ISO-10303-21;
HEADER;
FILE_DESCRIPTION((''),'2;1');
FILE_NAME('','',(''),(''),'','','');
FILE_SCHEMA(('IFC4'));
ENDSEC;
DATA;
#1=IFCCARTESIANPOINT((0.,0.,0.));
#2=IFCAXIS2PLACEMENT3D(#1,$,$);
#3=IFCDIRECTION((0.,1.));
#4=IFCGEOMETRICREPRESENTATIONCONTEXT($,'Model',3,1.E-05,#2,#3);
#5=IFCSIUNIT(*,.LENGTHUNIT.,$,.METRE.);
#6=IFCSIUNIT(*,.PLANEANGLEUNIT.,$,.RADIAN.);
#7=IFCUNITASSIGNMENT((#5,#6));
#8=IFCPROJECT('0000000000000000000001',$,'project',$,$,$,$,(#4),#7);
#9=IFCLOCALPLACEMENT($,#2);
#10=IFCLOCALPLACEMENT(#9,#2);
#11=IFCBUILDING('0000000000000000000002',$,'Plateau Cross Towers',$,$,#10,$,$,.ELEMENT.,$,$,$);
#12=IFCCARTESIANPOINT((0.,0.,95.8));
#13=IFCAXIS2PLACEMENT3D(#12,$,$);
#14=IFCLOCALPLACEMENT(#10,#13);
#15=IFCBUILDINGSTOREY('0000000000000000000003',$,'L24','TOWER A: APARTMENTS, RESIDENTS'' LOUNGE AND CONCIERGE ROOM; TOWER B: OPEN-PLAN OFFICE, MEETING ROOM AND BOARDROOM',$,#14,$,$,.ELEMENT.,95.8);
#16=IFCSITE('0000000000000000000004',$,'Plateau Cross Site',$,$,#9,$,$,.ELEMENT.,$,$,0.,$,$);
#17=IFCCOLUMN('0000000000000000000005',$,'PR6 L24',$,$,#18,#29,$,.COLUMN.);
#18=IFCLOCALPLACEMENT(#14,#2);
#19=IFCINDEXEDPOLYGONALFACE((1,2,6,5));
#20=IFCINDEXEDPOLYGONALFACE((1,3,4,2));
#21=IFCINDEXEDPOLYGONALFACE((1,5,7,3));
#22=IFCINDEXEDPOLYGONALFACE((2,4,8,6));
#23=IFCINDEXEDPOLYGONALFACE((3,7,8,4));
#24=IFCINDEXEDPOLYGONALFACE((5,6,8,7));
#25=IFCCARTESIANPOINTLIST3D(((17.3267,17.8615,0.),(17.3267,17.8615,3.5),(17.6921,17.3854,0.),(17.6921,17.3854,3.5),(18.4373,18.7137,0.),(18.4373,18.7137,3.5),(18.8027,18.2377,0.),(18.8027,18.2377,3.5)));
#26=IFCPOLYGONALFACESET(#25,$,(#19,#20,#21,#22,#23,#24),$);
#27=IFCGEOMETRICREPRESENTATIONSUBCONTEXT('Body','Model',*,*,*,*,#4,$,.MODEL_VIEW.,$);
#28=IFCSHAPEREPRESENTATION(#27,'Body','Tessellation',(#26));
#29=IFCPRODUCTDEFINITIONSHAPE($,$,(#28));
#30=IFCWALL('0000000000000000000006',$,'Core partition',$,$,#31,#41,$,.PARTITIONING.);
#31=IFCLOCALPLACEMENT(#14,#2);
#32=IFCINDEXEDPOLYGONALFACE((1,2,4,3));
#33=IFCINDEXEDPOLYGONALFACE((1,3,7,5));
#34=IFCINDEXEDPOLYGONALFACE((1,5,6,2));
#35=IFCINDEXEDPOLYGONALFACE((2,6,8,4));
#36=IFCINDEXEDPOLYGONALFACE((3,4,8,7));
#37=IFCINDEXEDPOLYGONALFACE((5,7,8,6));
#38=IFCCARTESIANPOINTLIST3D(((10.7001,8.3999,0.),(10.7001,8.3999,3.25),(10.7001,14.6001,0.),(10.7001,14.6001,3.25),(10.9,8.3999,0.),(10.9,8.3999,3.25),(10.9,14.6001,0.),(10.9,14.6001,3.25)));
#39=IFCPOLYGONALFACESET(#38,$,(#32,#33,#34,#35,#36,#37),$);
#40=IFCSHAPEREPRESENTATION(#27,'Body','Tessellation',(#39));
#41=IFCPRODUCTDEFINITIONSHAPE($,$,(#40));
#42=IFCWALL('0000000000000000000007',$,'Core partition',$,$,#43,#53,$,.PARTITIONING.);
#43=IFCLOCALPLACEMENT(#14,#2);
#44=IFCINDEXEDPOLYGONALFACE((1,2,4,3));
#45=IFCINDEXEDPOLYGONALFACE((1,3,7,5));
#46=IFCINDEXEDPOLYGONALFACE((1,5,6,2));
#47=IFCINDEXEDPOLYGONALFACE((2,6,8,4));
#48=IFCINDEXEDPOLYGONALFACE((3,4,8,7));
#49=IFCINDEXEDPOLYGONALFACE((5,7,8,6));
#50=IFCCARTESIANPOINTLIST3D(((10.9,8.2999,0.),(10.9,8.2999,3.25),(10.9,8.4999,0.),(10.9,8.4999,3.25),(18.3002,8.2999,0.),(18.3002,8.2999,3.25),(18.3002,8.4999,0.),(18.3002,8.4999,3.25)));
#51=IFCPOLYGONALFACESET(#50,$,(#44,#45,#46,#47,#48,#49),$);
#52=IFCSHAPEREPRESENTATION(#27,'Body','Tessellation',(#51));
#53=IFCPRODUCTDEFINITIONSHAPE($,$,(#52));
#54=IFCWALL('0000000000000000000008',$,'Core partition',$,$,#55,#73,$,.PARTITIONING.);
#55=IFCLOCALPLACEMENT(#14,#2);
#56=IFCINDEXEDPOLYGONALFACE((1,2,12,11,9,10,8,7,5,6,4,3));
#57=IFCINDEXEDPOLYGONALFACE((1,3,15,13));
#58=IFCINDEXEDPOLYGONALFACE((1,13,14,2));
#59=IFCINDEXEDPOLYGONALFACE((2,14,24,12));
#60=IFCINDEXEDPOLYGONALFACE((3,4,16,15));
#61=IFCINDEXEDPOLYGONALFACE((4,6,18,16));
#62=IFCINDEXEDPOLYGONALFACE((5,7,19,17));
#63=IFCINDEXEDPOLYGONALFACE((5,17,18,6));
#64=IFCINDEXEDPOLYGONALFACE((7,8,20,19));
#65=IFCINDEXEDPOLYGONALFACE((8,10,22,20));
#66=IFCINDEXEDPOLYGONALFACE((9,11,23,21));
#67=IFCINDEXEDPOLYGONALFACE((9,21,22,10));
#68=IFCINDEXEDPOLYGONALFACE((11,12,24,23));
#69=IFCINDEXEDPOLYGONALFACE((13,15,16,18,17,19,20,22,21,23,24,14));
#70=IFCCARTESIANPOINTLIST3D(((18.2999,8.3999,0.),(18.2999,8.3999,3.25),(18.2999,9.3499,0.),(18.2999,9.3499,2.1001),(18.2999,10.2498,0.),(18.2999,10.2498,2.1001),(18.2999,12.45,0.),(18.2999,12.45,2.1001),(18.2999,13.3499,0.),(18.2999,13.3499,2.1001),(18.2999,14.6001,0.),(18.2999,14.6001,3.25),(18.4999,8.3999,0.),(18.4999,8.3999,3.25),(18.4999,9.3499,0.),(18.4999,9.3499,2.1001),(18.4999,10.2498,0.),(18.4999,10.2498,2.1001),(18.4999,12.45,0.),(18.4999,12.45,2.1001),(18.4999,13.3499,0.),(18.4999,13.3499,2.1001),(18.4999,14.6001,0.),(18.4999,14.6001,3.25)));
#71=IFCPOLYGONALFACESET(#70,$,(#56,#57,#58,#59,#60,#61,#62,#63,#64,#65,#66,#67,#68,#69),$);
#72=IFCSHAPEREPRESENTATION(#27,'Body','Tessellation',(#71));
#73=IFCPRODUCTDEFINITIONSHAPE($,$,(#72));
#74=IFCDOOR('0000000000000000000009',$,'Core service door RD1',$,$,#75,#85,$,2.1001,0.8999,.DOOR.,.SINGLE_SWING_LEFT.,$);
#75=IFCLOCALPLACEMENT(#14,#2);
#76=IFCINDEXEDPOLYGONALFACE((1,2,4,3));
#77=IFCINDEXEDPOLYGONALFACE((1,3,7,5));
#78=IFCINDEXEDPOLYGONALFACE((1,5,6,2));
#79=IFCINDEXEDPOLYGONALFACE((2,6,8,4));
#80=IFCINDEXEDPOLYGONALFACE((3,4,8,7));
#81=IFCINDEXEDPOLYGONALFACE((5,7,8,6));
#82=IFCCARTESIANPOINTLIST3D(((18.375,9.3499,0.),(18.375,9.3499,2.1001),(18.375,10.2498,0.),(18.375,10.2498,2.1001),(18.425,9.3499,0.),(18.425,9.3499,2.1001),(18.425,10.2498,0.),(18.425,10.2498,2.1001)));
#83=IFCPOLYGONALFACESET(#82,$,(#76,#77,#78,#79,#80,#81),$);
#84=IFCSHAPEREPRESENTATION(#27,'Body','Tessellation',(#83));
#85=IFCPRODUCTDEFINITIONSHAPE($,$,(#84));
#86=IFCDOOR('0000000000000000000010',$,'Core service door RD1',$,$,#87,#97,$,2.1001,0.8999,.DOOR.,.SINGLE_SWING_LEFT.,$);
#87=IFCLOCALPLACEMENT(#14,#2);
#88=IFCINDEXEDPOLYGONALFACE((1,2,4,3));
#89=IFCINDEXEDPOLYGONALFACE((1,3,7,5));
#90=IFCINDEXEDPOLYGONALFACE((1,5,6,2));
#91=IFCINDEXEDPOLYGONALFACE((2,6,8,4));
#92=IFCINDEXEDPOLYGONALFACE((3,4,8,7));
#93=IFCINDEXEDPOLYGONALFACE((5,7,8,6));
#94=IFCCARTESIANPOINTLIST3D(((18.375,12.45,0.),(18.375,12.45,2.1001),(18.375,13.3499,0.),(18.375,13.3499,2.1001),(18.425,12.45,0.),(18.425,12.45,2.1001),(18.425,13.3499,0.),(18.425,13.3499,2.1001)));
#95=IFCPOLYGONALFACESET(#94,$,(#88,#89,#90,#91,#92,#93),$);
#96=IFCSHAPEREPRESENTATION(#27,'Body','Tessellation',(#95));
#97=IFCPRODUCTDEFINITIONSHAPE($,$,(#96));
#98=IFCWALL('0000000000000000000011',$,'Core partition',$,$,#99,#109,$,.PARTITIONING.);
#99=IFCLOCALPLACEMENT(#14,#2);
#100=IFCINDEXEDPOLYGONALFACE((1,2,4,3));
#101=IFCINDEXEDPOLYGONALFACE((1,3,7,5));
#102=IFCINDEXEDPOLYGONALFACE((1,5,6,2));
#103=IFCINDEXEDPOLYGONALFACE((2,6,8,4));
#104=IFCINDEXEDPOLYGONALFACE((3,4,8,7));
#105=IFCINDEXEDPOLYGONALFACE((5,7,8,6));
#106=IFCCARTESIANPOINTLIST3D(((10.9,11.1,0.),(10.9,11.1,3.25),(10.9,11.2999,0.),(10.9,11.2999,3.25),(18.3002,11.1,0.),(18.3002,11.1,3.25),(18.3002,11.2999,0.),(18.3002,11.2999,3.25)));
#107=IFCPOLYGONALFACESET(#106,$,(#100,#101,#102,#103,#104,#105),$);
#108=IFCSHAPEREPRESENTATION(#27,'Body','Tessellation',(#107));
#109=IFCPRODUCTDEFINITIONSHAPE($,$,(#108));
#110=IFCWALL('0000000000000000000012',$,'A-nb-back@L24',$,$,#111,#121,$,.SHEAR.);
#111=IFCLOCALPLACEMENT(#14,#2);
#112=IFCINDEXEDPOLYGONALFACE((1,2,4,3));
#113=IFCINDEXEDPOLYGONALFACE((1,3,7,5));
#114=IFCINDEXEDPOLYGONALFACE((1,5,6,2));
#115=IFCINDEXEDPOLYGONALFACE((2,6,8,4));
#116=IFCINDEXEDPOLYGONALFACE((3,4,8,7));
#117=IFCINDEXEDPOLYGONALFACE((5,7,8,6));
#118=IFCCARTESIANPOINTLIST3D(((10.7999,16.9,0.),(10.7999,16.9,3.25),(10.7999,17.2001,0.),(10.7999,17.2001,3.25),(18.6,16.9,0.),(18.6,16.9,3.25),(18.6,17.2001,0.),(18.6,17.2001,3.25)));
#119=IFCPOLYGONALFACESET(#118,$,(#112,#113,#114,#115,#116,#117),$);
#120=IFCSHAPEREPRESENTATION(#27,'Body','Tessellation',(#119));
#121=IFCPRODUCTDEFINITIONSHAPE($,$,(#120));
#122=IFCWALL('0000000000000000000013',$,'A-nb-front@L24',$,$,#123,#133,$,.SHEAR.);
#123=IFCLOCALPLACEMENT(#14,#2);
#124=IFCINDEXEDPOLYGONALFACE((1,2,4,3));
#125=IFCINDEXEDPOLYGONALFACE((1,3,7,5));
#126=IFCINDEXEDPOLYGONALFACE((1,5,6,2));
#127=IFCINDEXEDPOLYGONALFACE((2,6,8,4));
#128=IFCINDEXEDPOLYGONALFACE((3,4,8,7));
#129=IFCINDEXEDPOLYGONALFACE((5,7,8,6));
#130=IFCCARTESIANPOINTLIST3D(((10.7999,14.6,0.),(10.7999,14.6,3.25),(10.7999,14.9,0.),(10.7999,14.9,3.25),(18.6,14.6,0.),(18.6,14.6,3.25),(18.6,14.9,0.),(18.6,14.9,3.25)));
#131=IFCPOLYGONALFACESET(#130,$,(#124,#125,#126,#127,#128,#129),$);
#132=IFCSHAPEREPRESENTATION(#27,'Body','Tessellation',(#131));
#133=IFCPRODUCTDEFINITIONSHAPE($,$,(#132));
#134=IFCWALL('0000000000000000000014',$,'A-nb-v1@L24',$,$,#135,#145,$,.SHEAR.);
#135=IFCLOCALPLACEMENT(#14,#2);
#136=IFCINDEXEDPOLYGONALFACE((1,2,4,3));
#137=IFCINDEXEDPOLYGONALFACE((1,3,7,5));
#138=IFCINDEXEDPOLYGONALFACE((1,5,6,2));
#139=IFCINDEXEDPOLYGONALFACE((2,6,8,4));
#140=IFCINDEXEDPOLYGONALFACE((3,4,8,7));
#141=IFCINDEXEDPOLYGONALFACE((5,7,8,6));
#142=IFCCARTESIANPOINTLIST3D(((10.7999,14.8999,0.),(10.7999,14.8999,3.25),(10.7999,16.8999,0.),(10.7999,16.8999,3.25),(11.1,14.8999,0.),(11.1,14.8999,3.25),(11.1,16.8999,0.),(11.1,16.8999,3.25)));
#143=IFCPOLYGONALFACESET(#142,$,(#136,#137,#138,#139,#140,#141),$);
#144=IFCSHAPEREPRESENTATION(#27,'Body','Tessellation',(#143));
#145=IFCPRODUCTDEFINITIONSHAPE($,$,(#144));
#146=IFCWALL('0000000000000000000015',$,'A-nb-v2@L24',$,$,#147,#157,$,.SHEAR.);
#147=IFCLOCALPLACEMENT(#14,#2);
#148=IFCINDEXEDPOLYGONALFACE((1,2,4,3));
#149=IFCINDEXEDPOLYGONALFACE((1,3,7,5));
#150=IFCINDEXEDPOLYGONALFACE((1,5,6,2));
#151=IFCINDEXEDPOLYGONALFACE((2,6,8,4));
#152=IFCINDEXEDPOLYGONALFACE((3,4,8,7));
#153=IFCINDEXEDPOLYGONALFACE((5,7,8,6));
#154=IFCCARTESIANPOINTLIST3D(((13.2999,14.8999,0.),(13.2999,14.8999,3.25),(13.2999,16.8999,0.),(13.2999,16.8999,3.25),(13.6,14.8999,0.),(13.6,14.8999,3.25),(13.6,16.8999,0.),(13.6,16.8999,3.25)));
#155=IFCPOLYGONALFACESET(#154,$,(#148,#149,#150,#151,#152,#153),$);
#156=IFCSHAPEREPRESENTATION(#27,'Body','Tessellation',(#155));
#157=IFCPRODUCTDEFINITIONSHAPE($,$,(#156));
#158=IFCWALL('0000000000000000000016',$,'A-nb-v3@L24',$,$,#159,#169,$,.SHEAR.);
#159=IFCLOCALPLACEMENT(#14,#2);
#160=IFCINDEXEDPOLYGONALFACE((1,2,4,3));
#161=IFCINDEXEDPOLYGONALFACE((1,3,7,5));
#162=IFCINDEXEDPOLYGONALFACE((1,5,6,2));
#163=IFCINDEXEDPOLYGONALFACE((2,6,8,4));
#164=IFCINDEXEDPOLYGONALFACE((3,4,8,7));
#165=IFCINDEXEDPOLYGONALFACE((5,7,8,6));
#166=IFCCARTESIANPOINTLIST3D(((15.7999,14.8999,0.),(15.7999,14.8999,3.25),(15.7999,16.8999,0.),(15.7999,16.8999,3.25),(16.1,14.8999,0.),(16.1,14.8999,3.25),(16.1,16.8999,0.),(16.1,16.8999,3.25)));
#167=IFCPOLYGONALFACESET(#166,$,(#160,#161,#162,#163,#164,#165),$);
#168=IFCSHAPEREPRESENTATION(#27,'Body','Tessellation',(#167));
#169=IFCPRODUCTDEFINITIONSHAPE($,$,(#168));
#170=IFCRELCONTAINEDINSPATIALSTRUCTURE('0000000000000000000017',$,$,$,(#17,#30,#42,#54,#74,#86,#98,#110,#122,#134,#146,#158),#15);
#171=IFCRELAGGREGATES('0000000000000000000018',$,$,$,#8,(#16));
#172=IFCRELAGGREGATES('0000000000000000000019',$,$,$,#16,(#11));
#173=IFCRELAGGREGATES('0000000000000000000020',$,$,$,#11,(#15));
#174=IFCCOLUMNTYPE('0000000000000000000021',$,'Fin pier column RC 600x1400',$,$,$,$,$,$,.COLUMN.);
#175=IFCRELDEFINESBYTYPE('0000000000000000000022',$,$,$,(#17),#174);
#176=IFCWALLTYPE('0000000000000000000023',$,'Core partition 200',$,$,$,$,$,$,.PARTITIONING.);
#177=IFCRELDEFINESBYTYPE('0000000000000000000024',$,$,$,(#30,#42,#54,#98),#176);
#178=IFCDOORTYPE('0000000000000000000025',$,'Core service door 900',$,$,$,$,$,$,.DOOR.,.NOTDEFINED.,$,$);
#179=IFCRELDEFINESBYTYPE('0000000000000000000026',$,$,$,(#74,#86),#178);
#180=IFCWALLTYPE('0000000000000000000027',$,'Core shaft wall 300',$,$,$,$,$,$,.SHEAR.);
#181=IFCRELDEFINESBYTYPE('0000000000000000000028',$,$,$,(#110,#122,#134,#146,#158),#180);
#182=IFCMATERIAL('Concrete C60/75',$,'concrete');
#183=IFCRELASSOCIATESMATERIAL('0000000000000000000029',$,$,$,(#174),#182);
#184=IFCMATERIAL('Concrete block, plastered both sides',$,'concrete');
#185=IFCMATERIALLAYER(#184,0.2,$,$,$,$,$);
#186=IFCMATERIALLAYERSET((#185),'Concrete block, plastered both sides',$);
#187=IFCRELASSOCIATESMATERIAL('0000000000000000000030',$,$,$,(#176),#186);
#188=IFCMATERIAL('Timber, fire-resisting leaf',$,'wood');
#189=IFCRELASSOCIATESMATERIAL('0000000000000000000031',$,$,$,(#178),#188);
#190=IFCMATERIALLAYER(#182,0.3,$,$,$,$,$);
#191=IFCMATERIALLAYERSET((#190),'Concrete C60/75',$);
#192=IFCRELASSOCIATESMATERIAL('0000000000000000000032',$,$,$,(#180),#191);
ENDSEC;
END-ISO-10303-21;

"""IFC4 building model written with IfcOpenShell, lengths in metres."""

from ifc_helpers import new_model, si_unit, direction, frame, frame_2d, origin, origin_2d, place, context, subcontext, project, spatial, rectangle, extrude, material, layer, layer_set, material_profile, profile_set, type_object, element, fill, save


model = new_model("IFC4")

# Units and contexts
model_context = context("Model", 3, precision=1e-05, world=origin(), true_north=direction((0.0, 1.0)))
body_context = subcontext(model_context, "Body", "Model", "MODEL_VIEW")
ifc_project = project(units=[si_unit("LENGTHUNIT", "METRE"), si_unit("PLANEANGLEUNIT", "RADIAN")], contexts=[model_context])

# Site, building, storey
site_placement = place(None, origin())
site = spatial("IfcSite", under=ifc_project, at=site_placement, Name="Plateau Cross Site", CompositionType="ELEMENT", RefElevation=0.0)
building_placement = place(site_placement, origin())
building = spatial("IfcBuilding", under=site, at=building_placement, Name="Plateau Cross Towers", CompositionType="ELEMENT")
storey_placement = place(building_placement, frame((0.0, 0.0, 95.8)))
storey = spatial("IfcBuildingStorey", under=building, at=storey_placement, Name="L24", Description="TOWER A: APARTMENTS, RESIDENTS' LOUNGE AND CONCIERGE ROOM; TOWER B: OPEN-PLAN OFFICE, MEETING ROOM AND BOARDROOM", CompositionType="ELEMENT", Elevation=95.8)

# Column
ifc_material_1 = material(Name="Concrete C60/75", Category="concrete")
ifc_material_profile = material_profile(ifc_material_1, rectangle(XDim=0.6001, YDim=1.3999, at=origin_2d()), Name="RC 600x1400")
ifc_profile_set = profile_set([ifc_material_profile], Name="Concrete C60/75")
column_type = type_object("IfcColumnType", Name="Fin pier column RC 600x1400", PredefinedType="COLUMN", material=ifc_profile_set)
column_placement = place(storey_placement, frame((18.0647, 18.0496, 0.0), z_axis=(0.0, 0.0, 1.0), x_axis=(-0.608811, 0.793315, 0.0)))
element("IfcColumn", 1, at=column_placement, inside=storey, type_object=column_type, Name="PR6 L24", PredefinedType="COLUMN", context=body_context, shape_type="SweptSolid", body=[
    extrude(rectangle(XDim=0.6001, YDim=1.3999, at=origin_2d()), origin(), (0.0, 0.0, 1.0), 3.5),
])

# Walls
ifc_material_2 = material(Name="Concrete block, plastered both sides", Category="concrete")
ifc_layer_1 = layer(ifc_material_2, 0.2)
ifc_layer_set_1 = layer_set([ifc_layer_1], Name="Concrete block, plastered both sides")
wall_type_1 = type_object("IfcWallType", Name="Core partition 200", PredefinedType="PARTITIONING", material=ifc_layer_set_1)
wall_1_placement = place(storey_placement, frame((10.8, 8.3999, 0.0), z_axis=(0.0, 0.0, 1.0), x_axis=(0.0, 1.0, 0.0)))
element("IfcWall", 2, at=wall_1_placement, inside=storey, type_object=wall_type_1, Name="Core partition", PredefinedType="PARTITIONING", context=body_context, shape_type="SweptSolid", body=[
    extrude(rectangle(XDim=6.2002, YDim=0.2, at=frame_2d((3.1001, 0.0))), origin(), (0.0, 0.0, 1.0), 3.25),
])
wall_2_placement = place(storey_placement, frame((10.8999, 8.3999, 0.0), z_axis=(0.0, 0.0, 1.0), x_axis=(1.0, 0.0, 0.0)))
element("IfcWall", 3, at=wall_2_placement, inside=storey, type_object=wall_type_1, Name="Core partition", PredefinedType="PARTITIONING", context=body_context, shape_type="SweptSolid", body=[
    extrude(rectangle(XDim=7.4001, YDim=0.2, at=frame_2d((3.7002, 0.0))), origin(), (0.0, 0.0, 1.0), 3.25),
])

# Wall, openings, doors
wall_3_placement = place(storey_placement, frame((18.3999, 8.3999, 0.0), z_axis=(0.0, 0.0, 1.0), x_axis=(0.0, 1.0, 0.0)))
wall_3 = element("IfcWall", 4, at=wall_3_placement, inside=storey, type_object=wall_type_1, Name="Core partition", PredefinedType="PARTITIONING", context=body_context, shape_type="SweptSolid", body=[
    extrude(rectangle(XDim=6.2002, YDim=0.2, at=frame_2d((3.1001, 0.0))), origin(), (0.0, 0.0, 1.0), 3.25),
])
opening_1_placement = place(wall_3_placement, frame((0.95, 0.0, 0.0)))
opening_1 = element("IfcOpeningElement", 5, at=opening_1_placement, cuts=wall_3, PredefinedType="OPENING", context=body_context, shape_type="SweptSolid", body=[
    extrude(rectangle(XDim=0.8999, YDim=2.1001, at=frame_2d((0.45, 1.05))), frame((0.0, 0.1099, 0.0), z_axis=(0.0, -1.0, 0.0), x_axis=(1.0, 0.0, 0.0)), (0.0, 0.0, 1.0), 0.22),
])
opening_2_placement = place(wall_3_placement, frame((4.05, 0.0, 0.0)))
opening_2 = element("IfcOpeningElement", 6, at=opening_2_placement, cuts=wall_3, PredefinedType="OPENING", context=body_context, shape_type="SweptSolid", body=[
    extrude(rectangle(XDim=0.8999, YDim=2.1001, at=frame_2d((0.45, 1.05))), frame((0.0, 0.1099, 0.0), z_axis=(0.0, -1.0, 0.0), x_axis=(1.0, 0.0, 0.0)), (0.0, 0.0, 1.0), 0.22),
])
ifc_material_3 = material(Name="Timber, fire-resisting leaf", Category="wood")
door_type_1 = type_object("IfcDoorType", Name="Core service door 900", OperationType="NOTDEFINED", PredefinedType="DOOR", material=ifc_material_3)
door_1_placement = place(opening_1_placement, origin())
door_1 = element("IfcDoor", 7, at=door_1_placement, inside=storey, type_object=door_type_1, Name="Core service door RD1", OperationType="SINGLE_SWING_LEFT", OverallHeight=2.1001, OverallWidth=0.8999, PredefinedType="DOOR", context=body_context, shape_type="SweptSolid", body=[
    extrude(rectangle(XDim=0.8999, YDim=2.1001, at=frame_2d((0.45, 1.05))), frame((0.0, 0.0249, 0.0), z_axis=(0.0, -1.0, 0.0), x_axis=(1.0, 0.0, 0.0)), (0.0, 0.0, 1.0), 0.05),
])
fill(opening_1, door_1)
door_2_placement = place(opening_2_placement, origin())
door_2 = element("IfcDoor", 8, at=door_2_placement, inside=storey, type_object=door_type_1, Name="Core service door RD1", OperationType="SINGLE_SWING_LEFT", OverallHeight=2.1001, OverallWidth=0.8999, PredefinedType="DOOR", context=body_context, shape_type="SweptSolid", body=[
    extrude(rectangle(XDim=0.8999, YDim=2.1001, at=frame_2d((0.45, 1.05))), frame((0.0, 0.0249, 0.0), z_axis=(0.0, -1.0, 0.0), x_axis=(1.0, 0.0, 0.0)), (0.0, 0.0, 1.0), 0.05),
])
fill(opening_2, door_2)

# Walls
wall_4_placement = place(storey_placement, frame((10.8999, 11.2, 0.0), z_axis=(0.0, 0.0, 1.0), x_axis=(1.0, 0.0, 0.0)))
element("IfcWall", 9, at=wall_4_placement, inside=storey, type_object=wall_type_1, Name="Core partition", PredefinedType="PARTITIONING", context=body_context, shape_type="SweptSolid", body=[
    extrude(rectangle(XDim=7.4001, YDim=0.2, at=frame_2d((3.7002, 0.0))), origin(), (0.0, 0.0, 1.0), 3.25),
])
ifc_layer_2 = layer(ifc_material_1, 0.3)
ifc_layer_set_2 = layer_set([ifc_layer_2], Name="Concrete C60/75")
wall_type_2 = type_object("IfcWallType", Name="Core shaft wall 300", PredefinedType="SHEAR", material=ifc_layer_set_2)
for number, where, z_axis, x_axis, name in (
    (10, (10.8, 17.05, 0.0), (0.0, 0.0, 1.0), (1.0, 0.0, 0.0), "A-nb-back@L24"),
    (11, (10.8, 14.75, 0.0), (0.0, 0.0, 1.0), (1.0, 0.0, 0.0), "A-nb-front@L24"),
):
    element("IfcWall", number, at=place(storey_placement, frame(where, z_axis=z_axis, x_axis=x_axis)), inside=storey, type_object=wall_type_2, Name=name, PredefinedType="SHEAR", context=body_context, shape_type="SweptSolid", body=[
        extrude(rectangle(XDim=7.8, YDim=0.3, at=frame_2d((3.8999, 0.0))), origin(), (0.0, 0.0, 1.0), 3.25),
    ])
for number, where, z_axis, x_axis, name in (
    (12, (10.95, 14.8999, 0.0), (0.0, 0.0, 1.0), (0.0, 1.0, 0.0), "A-nb-v1@L24"),
    (13, (13.45, 14.8999, 0.0), (0.0, 0.0, 1.0), (0.0, 1.0, 0.0), "A-nb-v2@L24"),
    (14, (15.95, 14.8999, 0.0), (0.0, 0.0, 1.0), (0.0, 1.0, 0.0), "A-nb-v3@L24"),
):
    element("IfcWall", number, at=place(storey_placement, frame(where, z_axis=z_axis, x_axis=x_axis)), inside=storey, type_object=wall_type_2, Name=name, PredefinedType="SHEAR", context=body_context, shape_type="SweptSolid", body=[
        extrude(rectangle(XDim=2.0, YDim=0.3, at=frame_2d((1.0, 0.0))), origin(), (0.0, 0.0, 1.0), 3.25),
    ])

save(model, "model.ifc")
